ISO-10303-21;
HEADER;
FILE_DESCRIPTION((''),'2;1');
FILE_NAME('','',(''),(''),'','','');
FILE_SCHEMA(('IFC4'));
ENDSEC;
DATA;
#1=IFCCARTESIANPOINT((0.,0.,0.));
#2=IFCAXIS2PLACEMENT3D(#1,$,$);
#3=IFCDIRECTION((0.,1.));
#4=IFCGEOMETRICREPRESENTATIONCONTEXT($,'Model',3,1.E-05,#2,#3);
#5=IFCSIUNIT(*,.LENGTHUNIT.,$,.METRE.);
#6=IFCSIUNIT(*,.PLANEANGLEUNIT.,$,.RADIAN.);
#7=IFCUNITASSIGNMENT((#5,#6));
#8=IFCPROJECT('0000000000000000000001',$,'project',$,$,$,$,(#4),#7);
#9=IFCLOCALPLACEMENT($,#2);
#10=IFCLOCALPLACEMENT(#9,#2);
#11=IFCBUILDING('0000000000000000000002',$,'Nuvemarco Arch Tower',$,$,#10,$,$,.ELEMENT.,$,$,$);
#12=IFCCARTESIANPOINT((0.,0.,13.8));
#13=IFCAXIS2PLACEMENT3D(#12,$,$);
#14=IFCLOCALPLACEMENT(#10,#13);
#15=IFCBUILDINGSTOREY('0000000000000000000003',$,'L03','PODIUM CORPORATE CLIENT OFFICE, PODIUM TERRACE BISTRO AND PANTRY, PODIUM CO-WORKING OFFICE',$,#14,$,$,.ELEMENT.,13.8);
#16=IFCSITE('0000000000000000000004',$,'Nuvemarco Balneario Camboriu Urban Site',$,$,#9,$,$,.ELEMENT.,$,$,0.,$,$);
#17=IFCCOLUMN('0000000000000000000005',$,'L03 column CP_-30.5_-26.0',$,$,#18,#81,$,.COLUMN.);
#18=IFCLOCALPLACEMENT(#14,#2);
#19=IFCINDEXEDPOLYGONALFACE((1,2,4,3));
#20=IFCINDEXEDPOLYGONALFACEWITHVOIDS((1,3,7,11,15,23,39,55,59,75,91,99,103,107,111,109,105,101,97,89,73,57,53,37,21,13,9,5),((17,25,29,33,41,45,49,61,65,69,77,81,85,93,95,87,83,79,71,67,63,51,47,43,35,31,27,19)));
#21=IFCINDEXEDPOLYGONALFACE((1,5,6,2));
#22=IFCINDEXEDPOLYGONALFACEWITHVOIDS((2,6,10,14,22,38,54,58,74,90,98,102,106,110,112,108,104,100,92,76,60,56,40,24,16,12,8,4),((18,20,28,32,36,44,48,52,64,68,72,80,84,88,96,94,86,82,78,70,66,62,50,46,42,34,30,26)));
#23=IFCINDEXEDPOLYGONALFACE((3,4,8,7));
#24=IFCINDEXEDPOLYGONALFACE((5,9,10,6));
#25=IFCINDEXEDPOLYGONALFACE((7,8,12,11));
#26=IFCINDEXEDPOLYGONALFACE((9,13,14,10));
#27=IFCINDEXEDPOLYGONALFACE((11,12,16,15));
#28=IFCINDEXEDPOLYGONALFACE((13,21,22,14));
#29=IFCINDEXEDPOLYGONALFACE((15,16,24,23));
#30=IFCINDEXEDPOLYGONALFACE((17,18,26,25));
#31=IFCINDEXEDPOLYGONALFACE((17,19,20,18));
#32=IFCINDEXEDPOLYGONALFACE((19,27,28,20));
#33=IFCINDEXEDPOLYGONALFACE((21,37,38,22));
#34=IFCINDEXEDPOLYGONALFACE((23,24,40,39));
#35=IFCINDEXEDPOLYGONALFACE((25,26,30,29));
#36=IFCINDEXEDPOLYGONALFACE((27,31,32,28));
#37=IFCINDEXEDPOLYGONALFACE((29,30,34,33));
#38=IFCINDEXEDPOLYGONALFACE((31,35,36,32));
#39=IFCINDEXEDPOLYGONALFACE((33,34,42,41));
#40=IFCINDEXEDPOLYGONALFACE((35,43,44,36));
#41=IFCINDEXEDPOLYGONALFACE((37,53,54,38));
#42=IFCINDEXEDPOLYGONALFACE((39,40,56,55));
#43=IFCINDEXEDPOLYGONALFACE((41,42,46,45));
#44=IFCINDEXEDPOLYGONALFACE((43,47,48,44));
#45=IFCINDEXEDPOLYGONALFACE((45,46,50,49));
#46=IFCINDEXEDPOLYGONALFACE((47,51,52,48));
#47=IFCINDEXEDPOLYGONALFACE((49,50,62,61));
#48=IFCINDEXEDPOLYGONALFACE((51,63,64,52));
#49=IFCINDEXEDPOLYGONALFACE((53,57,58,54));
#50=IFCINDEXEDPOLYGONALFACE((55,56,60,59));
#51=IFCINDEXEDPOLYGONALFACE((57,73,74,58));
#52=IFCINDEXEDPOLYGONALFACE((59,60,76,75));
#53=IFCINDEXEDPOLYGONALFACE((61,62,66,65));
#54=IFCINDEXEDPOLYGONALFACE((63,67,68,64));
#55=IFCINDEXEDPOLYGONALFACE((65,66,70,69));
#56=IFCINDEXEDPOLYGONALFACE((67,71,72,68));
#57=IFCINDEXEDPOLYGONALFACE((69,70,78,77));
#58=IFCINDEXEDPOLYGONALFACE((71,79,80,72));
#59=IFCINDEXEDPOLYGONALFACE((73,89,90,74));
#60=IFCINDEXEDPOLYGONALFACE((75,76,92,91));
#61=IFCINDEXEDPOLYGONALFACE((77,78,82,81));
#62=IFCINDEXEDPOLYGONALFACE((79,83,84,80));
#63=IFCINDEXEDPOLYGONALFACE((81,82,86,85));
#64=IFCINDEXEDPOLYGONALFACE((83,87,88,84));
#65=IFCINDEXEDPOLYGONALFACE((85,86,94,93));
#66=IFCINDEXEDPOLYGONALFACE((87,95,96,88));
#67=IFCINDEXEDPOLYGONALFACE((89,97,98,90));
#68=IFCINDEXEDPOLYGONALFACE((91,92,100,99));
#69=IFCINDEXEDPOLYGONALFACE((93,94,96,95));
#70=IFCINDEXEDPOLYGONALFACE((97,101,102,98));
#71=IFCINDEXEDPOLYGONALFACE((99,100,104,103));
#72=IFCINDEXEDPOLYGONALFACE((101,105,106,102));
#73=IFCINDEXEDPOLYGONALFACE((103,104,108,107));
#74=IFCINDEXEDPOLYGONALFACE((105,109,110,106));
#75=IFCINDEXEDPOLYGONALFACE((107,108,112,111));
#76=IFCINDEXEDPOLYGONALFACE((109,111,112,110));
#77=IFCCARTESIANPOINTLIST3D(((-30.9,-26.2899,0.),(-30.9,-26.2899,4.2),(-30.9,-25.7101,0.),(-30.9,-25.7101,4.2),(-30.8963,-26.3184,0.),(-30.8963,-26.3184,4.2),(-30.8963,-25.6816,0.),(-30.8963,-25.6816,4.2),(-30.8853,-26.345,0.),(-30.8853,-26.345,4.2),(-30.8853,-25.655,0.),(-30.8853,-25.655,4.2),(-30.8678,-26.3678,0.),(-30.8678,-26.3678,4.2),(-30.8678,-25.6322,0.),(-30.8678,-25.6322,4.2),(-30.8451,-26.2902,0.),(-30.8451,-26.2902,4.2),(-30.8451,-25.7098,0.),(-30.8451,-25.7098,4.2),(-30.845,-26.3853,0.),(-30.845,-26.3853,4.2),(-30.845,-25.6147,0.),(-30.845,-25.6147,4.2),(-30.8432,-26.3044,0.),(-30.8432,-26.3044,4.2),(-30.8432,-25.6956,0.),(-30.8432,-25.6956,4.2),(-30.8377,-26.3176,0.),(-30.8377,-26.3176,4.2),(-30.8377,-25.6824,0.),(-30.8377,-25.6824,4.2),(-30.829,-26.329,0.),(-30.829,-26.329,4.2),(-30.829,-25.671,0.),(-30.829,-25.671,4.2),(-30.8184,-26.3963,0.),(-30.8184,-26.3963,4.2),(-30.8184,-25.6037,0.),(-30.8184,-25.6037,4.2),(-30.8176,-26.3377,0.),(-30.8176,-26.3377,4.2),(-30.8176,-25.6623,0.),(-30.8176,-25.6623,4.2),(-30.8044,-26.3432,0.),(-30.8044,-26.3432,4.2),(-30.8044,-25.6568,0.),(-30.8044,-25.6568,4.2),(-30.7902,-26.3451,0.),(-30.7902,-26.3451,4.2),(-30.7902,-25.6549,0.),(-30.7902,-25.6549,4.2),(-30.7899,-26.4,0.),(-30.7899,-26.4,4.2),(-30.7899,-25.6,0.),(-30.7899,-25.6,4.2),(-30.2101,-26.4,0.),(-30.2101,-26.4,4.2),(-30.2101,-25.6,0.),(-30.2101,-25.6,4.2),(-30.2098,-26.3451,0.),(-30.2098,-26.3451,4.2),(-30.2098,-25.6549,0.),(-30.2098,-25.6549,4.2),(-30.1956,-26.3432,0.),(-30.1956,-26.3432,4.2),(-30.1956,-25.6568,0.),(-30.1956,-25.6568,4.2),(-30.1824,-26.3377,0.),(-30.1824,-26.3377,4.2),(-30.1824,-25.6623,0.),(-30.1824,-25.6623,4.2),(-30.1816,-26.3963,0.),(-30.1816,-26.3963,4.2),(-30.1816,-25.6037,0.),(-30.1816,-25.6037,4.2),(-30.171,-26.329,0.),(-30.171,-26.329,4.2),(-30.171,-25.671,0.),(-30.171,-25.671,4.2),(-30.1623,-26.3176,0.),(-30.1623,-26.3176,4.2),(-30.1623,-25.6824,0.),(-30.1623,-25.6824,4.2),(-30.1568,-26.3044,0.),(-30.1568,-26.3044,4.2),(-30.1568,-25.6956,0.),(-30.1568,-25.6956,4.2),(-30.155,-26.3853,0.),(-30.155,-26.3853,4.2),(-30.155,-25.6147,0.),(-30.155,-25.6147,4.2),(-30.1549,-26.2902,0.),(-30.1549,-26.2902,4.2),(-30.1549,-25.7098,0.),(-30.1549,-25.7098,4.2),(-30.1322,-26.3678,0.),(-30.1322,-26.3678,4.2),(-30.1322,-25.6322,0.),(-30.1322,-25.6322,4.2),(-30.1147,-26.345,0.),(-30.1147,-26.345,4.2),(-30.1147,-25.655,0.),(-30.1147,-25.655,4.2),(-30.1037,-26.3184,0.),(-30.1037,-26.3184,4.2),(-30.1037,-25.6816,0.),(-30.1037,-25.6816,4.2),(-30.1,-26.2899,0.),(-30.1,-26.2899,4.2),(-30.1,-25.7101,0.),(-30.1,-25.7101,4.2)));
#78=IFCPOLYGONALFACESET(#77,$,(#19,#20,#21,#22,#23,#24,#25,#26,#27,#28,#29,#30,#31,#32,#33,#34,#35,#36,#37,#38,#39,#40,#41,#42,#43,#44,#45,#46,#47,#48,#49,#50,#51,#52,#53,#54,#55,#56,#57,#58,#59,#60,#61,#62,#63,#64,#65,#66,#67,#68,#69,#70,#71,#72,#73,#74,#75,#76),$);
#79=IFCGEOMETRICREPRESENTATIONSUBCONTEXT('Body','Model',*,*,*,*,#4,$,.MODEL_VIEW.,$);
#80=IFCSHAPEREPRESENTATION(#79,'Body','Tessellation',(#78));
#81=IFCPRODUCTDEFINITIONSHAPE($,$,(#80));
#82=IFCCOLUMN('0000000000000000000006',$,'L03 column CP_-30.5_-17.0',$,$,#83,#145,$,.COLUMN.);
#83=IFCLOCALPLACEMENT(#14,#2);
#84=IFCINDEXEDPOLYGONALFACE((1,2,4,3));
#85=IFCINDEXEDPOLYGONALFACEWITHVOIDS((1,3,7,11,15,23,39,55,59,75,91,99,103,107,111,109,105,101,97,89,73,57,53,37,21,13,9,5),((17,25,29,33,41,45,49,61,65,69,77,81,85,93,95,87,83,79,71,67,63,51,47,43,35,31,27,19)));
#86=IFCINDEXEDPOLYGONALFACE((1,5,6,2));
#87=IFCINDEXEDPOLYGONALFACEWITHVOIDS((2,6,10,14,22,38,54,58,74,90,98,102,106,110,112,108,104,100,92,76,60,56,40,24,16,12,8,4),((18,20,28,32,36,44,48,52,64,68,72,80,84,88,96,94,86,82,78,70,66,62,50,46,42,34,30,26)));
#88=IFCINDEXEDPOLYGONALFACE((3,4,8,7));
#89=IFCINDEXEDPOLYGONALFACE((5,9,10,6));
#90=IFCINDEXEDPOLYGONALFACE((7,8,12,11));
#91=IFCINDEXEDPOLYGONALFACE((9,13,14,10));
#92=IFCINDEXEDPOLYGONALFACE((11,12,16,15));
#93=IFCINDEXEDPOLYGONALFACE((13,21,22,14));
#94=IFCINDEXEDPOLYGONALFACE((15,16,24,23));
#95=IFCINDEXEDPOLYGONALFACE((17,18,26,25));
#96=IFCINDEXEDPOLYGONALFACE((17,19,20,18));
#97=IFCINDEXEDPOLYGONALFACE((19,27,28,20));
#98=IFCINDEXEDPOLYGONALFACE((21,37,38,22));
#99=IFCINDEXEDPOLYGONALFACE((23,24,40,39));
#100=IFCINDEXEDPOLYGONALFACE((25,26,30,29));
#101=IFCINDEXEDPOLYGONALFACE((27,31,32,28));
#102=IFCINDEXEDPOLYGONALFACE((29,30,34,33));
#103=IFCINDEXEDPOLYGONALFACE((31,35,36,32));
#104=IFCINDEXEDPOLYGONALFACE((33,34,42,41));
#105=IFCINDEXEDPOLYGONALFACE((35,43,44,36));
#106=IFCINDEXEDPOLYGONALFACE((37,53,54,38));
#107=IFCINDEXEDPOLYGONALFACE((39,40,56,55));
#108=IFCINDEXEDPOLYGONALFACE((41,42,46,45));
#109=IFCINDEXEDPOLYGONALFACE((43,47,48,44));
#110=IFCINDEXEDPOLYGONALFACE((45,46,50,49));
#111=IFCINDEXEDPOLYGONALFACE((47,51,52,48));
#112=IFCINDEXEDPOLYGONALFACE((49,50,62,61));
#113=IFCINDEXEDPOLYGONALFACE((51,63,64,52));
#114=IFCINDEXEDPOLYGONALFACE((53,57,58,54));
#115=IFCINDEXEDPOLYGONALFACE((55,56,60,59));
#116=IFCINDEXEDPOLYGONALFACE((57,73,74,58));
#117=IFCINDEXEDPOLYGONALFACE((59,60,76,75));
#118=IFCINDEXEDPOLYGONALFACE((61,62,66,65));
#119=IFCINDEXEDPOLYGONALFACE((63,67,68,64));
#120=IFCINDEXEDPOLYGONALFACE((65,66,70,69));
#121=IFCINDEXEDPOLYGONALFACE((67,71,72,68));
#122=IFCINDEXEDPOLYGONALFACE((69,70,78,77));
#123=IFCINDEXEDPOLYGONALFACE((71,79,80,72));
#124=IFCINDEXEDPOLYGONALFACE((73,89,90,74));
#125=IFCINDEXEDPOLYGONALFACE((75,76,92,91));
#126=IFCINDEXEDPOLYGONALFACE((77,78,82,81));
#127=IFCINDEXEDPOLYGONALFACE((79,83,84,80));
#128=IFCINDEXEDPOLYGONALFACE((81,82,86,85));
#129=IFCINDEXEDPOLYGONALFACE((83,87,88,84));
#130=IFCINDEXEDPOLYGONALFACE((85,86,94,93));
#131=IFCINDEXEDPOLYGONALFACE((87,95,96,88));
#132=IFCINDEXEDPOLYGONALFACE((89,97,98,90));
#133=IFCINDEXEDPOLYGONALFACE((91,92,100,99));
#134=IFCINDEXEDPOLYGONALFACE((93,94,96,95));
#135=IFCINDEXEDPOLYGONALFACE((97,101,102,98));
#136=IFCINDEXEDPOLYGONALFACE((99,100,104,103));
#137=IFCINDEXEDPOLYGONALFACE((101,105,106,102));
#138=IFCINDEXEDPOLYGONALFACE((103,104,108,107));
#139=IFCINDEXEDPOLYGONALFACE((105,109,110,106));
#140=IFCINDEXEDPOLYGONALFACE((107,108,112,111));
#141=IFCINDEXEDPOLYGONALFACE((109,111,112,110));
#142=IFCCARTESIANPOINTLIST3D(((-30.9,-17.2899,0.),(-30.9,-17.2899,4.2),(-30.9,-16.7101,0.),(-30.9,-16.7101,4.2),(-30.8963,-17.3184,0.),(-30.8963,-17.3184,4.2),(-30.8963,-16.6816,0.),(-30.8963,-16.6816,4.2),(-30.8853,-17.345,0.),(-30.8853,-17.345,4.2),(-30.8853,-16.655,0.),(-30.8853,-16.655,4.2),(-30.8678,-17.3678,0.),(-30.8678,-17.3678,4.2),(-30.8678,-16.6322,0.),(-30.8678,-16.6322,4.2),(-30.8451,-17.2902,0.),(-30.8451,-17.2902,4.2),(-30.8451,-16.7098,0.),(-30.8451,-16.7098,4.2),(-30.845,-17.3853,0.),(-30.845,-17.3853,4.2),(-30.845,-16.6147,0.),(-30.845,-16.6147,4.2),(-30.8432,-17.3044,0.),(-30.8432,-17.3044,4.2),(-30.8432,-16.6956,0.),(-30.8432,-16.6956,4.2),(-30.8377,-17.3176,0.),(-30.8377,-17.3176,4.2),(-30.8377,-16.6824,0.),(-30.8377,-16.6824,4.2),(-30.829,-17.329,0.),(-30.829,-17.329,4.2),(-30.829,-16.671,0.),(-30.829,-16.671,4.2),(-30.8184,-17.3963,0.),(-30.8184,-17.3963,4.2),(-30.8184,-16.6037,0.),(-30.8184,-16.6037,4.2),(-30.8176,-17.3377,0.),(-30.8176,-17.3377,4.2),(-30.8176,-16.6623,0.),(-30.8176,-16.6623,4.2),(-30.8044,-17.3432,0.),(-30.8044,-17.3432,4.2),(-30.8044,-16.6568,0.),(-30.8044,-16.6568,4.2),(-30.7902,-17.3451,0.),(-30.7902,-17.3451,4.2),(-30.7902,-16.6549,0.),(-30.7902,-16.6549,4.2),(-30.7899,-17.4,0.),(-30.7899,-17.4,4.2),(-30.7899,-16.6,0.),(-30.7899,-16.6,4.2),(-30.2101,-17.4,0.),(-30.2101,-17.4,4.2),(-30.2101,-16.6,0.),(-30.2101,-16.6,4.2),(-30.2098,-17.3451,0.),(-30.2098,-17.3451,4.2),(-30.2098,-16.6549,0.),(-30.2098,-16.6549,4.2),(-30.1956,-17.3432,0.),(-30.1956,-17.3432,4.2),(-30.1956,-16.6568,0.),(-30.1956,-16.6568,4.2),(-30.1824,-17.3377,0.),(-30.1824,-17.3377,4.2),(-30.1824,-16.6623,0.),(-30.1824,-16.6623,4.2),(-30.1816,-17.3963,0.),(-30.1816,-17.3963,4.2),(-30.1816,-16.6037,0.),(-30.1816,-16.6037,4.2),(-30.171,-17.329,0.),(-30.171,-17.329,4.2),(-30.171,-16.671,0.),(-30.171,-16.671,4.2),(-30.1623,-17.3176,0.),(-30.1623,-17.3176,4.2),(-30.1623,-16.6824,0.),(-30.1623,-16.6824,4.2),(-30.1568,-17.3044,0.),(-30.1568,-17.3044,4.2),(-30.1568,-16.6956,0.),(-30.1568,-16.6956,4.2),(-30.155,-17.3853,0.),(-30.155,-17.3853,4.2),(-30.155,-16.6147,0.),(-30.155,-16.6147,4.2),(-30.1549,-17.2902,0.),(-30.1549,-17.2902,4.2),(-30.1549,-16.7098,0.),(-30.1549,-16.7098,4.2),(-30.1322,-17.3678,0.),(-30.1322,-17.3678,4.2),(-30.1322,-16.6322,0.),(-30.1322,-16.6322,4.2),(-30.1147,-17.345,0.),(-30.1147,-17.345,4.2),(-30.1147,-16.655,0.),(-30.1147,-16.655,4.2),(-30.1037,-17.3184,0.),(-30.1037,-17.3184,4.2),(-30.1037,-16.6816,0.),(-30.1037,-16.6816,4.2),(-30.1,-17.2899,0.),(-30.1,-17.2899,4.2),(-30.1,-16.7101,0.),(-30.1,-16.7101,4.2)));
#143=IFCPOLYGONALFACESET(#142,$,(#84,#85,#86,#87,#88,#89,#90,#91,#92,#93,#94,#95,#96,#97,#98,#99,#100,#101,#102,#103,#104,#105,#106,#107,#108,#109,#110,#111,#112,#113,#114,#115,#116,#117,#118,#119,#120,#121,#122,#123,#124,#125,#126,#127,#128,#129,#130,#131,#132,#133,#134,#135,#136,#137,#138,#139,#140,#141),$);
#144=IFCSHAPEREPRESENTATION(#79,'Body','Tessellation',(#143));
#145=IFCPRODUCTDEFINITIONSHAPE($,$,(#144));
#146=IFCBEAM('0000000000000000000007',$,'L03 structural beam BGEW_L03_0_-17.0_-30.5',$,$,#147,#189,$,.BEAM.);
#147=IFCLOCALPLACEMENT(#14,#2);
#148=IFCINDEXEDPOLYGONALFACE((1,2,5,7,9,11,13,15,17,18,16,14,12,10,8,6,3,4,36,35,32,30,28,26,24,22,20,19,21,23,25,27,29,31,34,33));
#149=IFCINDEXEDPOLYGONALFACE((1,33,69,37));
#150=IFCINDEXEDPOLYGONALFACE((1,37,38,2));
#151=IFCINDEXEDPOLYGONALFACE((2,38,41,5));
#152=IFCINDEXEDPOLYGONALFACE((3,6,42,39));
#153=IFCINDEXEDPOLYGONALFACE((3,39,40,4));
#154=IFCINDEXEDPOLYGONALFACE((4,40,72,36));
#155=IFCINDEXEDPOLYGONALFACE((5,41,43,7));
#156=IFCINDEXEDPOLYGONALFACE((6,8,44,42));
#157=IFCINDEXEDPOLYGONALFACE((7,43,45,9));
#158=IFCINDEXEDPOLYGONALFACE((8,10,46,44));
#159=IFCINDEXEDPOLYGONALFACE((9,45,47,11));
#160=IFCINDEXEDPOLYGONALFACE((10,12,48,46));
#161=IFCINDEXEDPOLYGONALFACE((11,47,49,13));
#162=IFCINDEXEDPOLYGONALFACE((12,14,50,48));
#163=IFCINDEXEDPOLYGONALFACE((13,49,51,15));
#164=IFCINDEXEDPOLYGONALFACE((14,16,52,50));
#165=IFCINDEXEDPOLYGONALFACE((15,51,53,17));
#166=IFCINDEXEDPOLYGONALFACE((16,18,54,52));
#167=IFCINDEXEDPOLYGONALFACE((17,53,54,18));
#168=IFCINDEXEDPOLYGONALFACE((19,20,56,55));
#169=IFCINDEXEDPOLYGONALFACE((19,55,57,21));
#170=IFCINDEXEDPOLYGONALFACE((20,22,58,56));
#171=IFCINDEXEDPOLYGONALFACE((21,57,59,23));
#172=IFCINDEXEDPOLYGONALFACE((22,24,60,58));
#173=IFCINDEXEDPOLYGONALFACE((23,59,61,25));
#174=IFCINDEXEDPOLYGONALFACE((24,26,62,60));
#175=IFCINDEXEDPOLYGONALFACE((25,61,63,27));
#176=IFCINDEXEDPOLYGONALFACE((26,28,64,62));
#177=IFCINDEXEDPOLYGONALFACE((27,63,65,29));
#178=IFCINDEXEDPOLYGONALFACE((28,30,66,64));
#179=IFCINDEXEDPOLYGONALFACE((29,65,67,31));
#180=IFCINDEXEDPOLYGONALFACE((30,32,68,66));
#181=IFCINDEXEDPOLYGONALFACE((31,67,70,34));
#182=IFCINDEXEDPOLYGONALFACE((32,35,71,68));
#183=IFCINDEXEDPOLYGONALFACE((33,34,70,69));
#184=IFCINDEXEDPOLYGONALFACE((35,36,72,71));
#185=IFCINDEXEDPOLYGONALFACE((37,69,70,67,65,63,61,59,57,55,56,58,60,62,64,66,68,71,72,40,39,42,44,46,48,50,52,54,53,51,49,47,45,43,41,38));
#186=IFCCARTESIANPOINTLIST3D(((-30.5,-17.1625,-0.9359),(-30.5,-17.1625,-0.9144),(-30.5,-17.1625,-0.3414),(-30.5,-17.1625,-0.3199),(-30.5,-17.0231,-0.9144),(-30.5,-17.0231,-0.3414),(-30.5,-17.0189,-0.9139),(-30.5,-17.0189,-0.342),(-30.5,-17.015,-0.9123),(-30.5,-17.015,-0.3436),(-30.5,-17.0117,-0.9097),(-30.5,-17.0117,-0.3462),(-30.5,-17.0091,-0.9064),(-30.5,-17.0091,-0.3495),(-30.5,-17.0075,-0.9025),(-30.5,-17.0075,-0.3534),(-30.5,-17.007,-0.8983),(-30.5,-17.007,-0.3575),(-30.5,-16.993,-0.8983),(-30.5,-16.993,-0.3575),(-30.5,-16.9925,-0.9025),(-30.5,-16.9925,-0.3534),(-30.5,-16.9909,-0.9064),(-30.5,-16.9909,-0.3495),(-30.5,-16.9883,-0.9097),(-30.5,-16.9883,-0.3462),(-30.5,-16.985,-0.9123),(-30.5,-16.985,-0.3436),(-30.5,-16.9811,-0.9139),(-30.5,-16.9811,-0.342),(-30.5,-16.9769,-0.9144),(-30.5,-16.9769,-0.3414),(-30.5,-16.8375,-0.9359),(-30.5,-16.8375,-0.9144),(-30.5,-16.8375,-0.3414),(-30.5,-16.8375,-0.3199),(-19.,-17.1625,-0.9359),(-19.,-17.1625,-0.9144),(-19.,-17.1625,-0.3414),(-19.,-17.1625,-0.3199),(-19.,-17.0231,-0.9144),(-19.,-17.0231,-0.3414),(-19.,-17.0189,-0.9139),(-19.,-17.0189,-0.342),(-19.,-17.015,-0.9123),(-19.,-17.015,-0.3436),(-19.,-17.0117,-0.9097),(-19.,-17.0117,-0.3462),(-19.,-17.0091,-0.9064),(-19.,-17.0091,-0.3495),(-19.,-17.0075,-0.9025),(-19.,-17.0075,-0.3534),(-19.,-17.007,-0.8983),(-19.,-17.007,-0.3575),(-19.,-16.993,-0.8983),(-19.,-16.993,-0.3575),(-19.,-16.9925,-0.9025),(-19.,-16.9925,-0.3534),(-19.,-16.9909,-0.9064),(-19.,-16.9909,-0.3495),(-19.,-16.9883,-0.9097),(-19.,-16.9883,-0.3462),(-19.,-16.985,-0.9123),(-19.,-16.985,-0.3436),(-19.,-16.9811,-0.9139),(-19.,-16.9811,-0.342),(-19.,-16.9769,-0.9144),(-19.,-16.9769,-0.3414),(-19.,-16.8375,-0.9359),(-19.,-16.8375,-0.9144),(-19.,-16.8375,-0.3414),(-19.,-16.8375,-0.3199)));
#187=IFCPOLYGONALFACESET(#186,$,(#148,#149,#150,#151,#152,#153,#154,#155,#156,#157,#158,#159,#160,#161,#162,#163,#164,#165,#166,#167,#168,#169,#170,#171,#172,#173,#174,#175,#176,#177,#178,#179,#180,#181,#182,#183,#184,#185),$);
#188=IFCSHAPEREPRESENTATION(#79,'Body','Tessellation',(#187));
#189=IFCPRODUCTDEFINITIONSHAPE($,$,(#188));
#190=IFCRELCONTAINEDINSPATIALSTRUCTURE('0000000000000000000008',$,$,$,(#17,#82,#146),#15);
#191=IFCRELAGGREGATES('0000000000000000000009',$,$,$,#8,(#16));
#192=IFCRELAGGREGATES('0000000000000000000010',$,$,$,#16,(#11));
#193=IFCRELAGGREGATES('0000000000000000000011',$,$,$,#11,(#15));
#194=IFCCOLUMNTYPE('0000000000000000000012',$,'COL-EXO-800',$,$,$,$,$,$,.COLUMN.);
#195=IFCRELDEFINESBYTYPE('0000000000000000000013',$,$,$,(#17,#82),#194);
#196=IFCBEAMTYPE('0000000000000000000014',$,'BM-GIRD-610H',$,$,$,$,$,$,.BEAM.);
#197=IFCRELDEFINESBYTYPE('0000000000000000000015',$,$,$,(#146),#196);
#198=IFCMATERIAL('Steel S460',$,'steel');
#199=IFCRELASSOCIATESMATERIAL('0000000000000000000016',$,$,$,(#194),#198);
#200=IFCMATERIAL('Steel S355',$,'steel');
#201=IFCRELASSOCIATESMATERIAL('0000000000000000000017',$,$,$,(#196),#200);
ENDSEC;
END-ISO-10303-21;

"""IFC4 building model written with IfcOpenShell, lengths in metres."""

from ifc_helpers import new_model, si_unit, direction, frame, origin, origin_2d, place, context, subcontext, project, spatial, hollow_rectangle, i_section, extrude, material, material_profile, profile_set, type_object, element, save


model = new_model("IFC4")

# Units and contexts
model_context = context("Model", 3, precision=1e-05, world=origin(), true_north=direction((0.0, 1.0)))
body_context = subcontext(model_context, "Body", "Model", "MODEL_VIEW")
ifc_project = project(units=[si_unit("LENGTHUNIT", "METRE"), si_unit("PLANEANGLEUNIT", "RADIAN")], contexts=[model_context])

# Site, building, storey
site_placement = place(None, origin())
site = spatial("IfcSite", under=ifc_project, at=site_placement, Name="Nuvemarco Balneario Camboriu Urban Site", CompositionType="ELEMENT", RefElevation=0.0)
building_placement = place(site_placement, origin())
building = spatial("IfcBuilding", under=site, at=building_placement, Name="Nuvemarco Arch Tower", CompositionType="ELEMENT")
storey_placement = place(building_placement, frame((0.0, 0.0, 13.8)))
storey = spatial("IfcBuildingStorey", under=building, at=storey_placement, Name="L03", Description="PODIUM CORPORATE CLIENT OFFICE, PODIUM TERRACE BISTRO AND PANTRY, PODIUM CO-WORKING OFFICE", CompositionType="ELEMENT", Elevation=13.8)

# Columns
ifc_material_1 = material(Name="Steel S460", Category="steel")
ifc_material_profile_1 = material_profile(ifc_material_1, hollow_rectangle(XDim=0.8, YDim=0.8, WallThickness=0.0549, InnerFilletRadius=0.0549, OuterFilletRadius=0.1101, at=origin_2d()), Name="SHS800x800x55")
ifc_profile_set_1 = profile_set([ifc_material_profile_1], Name="Steel S460")
column_type = type_object("IfcColumnType", Name="COL-EXO-800", PredefinedType="COLUMN", material=ifc_profile_set_1)
for number, where, z_axis, x_axis, name in (
    (1, (-30.5, -26.0, 0.0), (0.0, 0.0, 1.0), (1.0, 0.0, 0.0), "L03 column CP_-30.5_-26.0"),
    (2, (-30.5, -17.0, 0.0), (0.0, 0.0, 1.0), (1.0, 0.0, 0.0), "L03 column CP_-30.5_-17.0"),
):
    element("IfcColumn", number, at=place(storey_placement, frame(where, z_axis=z_axis, x_axis=x_axis)), inside=storey, type_object=column_type, Name=name, PredefinedType="COLUMN", context=body_context, shape_type="SweptSolid", body=[
        extrude(hollow_rectangle(XDim=0.8, YDim=0.8, WallThickness=0.0549, InnerFilletRadius=0.0549, OuterFilletRadius=0.1101, at=origin_2d()), origin(), (0.0, 0.0, 1.0), 4.2),
    ])

# Beam
ifc_material_2 = material(Name="Steel S355", Category="steel")
ifc_material_profile_2 = material_profile(ifc_material_2, i_section(OverallWidth=0.325, OverallDepth=0.616, WebThickness=0.0139, FlangeThickness=0.0215, FilletRadius=0.0161, at=origin_2d()), Name="W610x174")
ifc_profile_set_2 = profile_set([ifc_material_profile_2], Name="Steel S355")
beam_type_1 = type_object("IfcBeamType", Name="BM-GIRD-610H", PredefinedType="BEAM", material=ifc_profile_set_2)
beam_1_placement = place(storey_placement, frame((-30.5, -17.0, -0.6279), z_axis=(1.0, 0.0, 0.0), x_axis=(0.0, 1.0, 0.0)))
element("IfcBeam", 3, at=beam_1_placement, inside=storey, type_object=beam_type_1, Name="L03 structural beam BGEW_L03_0_-17.0_-30.5", PredefinedType="BEAM", context=body_context, shape_type="SweptSolid", body=[
    extrude(i_section(OverallWidth=0.325, OverallDepth=0.616, WebThickness=0.0139, FlangeThickness=0.0215, FilletRadius=0.0161, at=origin_2d()), origin(), (0.0, 0.0, 1.0), 11.5),
])

save(model, "model.ifc")
